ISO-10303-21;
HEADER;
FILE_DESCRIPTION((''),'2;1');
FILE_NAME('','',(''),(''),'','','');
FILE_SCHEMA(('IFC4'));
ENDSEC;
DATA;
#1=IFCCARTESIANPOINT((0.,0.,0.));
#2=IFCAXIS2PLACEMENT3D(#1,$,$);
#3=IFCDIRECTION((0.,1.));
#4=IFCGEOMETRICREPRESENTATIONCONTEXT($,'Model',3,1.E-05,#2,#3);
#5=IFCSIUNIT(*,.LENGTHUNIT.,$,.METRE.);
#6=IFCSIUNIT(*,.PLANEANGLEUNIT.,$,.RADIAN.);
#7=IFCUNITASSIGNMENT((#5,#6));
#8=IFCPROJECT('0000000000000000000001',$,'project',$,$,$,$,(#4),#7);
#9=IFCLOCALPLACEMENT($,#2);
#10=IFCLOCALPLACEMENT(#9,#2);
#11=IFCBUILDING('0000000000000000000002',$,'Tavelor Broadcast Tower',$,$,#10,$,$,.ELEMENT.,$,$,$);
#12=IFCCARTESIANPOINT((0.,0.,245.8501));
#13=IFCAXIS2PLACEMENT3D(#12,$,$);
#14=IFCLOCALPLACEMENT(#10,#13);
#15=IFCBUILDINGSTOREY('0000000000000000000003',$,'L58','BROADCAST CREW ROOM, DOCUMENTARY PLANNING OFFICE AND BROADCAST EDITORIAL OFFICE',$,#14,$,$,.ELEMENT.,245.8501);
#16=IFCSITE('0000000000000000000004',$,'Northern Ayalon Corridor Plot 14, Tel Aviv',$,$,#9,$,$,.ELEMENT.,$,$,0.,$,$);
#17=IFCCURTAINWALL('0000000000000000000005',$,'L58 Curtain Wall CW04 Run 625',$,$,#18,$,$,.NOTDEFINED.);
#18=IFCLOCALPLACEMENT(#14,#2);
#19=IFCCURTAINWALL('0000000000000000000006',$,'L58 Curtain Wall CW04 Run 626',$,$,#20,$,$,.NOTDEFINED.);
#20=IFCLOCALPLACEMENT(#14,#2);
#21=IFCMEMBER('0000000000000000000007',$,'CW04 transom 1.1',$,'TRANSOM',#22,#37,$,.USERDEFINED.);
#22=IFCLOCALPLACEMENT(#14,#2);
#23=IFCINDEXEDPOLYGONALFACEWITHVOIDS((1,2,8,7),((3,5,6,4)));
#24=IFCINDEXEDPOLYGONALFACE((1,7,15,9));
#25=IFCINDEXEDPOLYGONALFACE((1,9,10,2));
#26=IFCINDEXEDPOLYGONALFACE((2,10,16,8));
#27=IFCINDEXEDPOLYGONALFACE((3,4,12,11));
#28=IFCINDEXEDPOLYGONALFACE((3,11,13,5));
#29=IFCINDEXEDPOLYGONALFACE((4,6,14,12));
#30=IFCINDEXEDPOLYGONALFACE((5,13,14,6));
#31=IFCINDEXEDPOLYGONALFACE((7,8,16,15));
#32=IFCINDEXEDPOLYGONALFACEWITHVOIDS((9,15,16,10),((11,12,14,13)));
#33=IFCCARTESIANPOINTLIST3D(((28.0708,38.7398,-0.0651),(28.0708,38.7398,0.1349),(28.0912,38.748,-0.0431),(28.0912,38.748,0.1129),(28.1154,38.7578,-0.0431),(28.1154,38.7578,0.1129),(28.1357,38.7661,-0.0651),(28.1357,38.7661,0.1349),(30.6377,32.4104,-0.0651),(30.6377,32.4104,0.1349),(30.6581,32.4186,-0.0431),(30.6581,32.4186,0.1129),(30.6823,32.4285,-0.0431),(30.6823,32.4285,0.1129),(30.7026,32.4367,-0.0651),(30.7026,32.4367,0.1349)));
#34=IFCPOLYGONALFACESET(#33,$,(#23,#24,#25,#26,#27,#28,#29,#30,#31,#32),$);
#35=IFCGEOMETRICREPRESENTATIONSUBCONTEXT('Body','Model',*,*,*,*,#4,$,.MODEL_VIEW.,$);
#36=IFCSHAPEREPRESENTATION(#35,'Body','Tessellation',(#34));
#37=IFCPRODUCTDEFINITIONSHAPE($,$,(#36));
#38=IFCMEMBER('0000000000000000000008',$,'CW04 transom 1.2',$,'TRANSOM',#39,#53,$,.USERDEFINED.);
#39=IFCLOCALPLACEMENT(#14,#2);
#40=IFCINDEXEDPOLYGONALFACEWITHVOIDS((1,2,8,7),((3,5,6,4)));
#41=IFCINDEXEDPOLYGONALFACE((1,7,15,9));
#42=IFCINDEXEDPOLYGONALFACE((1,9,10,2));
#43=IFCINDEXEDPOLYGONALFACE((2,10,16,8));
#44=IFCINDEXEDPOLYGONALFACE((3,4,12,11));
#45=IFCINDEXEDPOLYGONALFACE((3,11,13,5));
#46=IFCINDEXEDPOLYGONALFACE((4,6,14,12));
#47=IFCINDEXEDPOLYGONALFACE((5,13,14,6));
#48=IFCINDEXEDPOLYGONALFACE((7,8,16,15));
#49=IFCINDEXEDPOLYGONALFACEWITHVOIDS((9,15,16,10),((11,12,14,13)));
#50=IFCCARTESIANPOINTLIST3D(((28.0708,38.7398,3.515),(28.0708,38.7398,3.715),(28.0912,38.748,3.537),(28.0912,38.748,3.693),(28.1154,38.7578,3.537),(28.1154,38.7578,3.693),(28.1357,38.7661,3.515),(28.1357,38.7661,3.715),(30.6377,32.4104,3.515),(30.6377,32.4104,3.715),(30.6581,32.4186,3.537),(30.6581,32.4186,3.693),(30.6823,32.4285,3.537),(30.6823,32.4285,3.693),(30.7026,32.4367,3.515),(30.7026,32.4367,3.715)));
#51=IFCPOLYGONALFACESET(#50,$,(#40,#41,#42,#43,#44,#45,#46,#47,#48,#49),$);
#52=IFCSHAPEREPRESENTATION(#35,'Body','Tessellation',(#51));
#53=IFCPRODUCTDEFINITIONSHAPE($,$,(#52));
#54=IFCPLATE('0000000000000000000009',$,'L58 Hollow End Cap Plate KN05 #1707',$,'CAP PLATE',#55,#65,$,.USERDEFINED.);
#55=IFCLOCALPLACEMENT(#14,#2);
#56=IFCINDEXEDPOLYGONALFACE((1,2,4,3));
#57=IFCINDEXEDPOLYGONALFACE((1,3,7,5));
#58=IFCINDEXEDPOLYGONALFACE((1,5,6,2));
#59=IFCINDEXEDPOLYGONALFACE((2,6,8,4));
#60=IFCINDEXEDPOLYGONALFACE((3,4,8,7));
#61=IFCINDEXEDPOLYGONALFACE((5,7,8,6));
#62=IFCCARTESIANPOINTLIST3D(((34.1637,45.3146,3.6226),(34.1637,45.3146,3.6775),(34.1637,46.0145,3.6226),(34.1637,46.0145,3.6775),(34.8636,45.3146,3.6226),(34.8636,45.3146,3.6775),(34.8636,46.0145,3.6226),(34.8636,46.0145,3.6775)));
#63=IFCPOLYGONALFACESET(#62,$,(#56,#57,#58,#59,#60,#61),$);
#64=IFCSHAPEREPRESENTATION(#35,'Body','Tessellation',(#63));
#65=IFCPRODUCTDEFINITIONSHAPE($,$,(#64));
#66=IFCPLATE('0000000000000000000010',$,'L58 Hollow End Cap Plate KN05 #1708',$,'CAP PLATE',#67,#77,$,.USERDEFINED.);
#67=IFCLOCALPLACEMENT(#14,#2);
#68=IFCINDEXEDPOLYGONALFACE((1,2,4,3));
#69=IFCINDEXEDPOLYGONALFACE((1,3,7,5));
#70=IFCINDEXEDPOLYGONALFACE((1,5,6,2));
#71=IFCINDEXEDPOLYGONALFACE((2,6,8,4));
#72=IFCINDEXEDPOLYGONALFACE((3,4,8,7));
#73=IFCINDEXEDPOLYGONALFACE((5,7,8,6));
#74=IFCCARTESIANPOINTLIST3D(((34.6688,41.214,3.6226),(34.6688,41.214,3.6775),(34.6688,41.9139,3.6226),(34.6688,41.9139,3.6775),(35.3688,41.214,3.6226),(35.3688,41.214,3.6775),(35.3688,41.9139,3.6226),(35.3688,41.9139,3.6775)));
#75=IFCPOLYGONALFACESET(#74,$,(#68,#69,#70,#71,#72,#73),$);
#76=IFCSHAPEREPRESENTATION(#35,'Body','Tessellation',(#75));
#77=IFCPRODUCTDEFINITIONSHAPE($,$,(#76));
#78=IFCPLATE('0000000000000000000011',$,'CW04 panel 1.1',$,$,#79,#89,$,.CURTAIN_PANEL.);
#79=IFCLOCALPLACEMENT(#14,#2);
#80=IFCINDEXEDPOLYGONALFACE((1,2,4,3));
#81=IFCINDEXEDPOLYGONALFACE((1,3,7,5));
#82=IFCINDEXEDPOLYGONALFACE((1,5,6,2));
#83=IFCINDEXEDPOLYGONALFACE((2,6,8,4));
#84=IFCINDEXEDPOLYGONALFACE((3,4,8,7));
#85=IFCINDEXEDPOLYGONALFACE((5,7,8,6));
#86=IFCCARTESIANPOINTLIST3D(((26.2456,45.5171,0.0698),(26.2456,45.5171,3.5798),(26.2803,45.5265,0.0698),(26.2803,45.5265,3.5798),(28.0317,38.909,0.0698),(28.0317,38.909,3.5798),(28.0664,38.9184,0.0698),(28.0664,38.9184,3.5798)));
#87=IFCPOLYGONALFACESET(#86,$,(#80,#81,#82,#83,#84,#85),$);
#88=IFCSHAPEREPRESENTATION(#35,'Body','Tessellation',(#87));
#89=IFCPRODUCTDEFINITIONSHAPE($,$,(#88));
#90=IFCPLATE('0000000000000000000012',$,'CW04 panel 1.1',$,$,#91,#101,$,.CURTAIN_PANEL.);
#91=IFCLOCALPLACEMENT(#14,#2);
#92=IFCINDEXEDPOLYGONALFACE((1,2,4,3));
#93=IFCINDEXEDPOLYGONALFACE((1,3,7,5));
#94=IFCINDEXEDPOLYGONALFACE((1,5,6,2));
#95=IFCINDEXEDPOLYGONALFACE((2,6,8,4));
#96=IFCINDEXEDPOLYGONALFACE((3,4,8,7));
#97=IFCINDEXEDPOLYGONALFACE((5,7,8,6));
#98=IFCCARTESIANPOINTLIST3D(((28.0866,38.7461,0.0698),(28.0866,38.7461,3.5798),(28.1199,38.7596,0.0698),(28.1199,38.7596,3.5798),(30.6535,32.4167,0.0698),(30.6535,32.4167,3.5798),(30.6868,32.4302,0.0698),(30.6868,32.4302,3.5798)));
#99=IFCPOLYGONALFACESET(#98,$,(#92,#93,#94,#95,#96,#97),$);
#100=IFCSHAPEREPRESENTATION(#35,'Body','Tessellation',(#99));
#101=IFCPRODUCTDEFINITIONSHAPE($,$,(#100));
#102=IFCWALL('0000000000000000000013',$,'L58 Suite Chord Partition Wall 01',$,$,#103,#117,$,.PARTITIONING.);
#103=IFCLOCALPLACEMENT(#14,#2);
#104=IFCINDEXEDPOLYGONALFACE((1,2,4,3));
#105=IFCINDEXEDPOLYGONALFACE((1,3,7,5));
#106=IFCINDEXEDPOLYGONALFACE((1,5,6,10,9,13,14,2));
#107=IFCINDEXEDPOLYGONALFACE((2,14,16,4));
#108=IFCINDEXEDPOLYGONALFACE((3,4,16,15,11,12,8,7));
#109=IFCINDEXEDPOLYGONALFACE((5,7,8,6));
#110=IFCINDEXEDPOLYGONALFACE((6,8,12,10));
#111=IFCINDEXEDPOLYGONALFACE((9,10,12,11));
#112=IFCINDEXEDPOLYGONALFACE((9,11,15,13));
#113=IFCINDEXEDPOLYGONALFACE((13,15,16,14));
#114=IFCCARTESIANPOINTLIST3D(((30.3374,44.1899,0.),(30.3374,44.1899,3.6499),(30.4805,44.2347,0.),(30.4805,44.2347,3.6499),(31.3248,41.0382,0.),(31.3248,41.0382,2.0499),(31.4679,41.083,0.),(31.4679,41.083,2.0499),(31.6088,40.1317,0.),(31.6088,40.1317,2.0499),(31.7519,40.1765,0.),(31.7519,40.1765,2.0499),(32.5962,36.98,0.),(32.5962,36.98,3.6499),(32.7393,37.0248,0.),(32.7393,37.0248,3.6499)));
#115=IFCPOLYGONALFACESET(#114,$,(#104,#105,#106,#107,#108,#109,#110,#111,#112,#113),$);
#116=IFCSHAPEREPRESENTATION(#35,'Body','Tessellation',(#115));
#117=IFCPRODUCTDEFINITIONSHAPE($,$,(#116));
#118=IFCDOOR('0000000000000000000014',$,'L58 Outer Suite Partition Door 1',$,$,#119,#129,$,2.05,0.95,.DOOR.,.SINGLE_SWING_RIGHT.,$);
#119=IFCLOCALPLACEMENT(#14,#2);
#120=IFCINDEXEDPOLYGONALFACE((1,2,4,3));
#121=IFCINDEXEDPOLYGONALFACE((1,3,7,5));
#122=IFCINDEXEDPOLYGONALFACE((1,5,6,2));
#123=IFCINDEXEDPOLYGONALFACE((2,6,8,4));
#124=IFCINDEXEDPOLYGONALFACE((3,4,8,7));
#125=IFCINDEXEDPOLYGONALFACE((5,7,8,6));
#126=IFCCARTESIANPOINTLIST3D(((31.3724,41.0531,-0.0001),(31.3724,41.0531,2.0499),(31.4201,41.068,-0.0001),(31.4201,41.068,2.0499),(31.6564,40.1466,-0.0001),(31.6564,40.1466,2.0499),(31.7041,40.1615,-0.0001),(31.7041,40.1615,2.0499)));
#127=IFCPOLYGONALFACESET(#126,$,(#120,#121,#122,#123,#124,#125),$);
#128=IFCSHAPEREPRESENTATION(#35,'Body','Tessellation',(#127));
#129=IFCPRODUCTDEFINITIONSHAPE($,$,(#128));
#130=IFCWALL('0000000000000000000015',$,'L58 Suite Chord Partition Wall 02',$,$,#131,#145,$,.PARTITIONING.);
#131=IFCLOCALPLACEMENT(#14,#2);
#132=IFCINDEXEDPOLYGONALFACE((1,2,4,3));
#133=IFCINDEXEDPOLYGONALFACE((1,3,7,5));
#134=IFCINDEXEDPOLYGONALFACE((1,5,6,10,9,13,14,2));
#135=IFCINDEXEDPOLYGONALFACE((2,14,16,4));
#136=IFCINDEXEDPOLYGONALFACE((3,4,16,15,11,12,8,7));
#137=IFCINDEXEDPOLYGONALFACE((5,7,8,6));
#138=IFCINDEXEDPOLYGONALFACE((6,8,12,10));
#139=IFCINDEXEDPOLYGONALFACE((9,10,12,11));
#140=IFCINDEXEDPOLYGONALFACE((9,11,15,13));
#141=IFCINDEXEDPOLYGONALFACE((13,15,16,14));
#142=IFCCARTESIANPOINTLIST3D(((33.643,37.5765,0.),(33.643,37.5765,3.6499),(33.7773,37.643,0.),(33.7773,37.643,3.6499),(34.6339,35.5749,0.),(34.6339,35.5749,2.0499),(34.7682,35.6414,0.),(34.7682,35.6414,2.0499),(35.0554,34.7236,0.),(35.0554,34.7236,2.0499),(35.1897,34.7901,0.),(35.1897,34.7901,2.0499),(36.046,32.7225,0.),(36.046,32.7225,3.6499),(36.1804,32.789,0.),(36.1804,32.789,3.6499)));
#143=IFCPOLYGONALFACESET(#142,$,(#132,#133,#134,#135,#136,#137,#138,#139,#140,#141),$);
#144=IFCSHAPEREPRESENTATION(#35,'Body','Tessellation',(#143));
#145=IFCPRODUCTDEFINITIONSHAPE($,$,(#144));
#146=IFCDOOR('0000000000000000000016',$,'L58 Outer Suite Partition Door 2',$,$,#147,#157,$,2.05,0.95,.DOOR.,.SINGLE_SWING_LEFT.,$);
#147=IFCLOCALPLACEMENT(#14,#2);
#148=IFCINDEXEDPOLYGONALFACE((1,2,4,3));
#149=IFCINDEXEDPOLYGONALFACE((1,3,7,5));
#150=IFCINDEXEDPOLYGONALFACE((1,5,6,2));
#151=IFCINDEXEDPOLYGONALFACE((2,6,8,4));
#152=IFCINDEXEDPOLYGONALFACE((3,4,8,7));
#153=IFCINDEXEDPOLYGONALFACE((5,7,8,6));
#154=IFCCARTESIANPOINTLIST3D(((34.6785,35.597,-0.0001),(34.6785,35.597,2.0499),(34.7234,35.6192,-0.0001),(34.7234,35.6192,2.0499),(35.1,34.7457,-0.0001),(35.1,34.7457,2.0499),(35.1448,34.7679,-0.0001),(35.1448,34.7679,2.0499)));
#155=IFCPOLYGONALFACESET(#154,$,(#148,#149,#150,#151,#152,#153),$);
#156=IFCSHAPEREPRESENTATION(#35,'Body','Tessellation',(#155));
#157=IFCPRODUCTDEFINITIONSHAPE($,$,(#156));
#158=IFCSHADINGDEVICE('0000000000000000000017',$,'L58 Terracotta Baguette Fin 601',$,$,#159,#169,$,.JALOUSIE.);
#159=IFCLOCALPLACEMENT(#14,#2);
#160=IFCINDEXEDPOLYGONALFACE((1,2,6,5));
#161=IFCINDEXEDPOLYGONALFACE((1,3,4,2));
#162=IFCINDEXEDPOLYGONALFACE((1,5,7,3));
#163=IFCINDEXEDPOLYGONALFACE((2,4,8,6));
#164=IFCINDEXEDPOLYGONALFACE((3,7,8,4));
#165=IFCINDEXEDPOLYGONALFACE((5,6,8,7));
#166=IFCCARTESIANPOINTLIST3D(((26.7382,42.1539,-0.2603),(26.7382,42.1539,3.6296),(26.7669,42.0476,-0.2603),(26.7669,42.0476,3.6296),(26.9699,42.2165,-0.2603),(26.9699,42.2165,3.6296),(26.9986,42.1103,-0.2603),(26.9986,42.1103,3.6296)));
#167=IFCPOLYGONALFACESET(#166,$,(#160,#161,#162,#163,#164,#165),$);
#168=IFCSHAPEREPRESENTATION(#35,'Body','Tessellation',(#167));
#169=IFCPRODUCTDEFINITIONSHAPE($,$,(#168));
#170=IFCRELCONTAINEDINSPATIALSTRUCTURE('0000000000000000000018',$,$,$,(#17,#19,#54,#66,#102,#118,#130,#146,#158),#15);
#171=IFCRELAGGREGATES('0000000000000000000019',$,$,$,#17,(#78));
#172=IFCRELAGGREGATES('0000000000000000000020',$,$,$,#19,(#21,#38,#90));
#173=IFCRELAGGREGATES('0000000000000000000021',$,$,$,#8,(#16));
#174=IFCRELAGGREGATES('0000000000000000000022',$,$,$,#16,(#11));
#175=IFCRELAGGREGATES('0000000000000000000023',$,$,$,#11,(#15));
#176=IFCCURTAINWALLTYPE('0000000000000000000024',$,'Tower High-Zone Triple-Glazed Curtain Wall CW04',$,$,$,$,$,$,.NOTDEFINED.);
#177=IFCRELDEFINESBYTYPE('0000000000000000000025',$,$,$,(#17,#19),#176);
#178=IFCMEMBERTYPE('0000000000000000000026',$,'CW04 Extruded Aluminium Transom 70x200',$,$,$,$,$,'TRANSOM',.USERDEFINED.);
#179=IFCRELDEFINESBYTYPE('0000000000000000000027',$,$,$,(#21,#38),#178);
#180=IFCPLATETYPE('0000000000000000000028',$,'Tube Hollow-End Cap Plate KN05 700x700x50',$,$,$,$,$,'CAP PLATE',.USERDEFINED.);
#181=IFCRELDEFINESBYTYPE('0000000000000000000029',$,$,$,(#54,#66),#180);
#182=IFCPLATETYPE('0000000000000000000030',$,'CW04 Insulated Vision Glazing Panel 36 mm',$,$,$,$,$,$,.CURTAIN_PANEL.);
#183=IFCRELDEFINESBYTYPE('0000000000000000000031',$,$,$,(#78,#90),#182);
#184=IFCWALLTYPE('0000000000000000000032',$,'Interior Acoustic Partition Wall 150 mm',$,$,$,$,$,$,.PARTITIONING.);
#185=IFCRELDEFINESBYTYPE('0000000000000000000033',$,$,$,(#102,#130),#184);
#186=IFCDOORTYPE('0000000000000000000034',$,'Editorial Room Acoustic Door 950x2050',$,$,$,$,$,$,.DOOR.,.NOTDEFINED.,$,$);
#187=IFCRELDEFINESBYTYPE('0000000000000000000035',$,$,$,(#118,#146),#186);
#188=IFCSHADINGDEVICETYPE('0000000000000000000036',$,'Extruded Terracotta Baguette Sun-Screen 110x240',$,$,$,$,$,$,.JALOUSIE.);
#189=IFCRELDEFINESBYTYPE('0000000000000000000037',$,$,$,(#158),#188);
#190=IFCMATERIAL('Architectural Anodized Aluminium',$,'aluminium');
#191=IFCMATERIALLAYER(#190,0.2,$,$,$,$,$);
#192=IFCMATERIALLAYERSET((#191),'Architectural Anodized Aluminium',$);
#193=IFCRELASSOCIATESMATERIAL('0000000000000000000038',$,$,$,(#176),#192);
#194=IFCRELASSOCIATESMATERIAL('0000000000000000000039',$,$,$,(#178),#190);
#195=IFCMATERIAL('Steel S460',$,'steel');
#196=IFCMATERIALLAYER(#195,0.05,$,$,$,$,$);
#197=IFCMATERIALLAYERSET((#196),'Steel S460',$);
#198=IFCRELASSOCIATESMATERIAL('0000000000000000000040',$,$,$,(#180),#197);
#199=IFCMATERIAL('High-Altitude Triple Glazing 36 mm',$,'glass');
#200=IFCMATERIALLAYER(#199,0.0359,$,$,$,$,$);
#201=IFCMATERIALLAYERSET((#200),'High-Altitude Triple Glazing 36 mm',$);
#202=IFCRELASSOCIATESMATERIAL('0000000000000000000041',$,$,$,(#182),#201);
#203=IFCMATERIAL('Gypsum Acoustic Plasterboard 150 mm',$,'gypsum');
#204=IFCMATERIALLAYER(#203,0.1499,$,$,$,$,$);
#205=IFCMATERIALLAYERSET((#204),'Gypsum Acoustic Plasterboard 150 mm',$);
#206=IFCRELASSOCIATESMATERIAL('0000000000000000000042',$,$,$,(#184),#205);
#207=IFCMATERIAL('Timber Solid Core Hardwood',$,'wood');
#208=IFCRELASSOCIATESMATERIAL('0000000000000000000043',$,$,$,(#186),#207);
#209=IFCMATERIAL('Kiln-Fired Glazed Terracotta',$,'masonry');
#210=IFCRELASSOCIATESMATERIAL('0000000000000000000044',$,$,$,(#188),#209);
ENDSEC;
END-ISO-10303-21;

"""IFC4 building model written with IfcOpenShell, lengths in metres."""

from ifc_helpers import new_model, si_unit, direction, frame, frame_2d, origin, origin_2d, place, context, subcontext, project, spatial, rectangle, hollow_rectangle, extrude, source, transform, mapped, material, layer, layer_set, material_profile, profile_set, type_object, type_shapes, element, fill, aggregate, save


model = new_model("IFC4")

# Units and contexts
model_context = context("Model", 3, precision=1e-05, world=origin(), true_north=direction((0.0, 1.0)))
body_context = subcontext(model_context, "Body", "Model", "MODEL_VIEW")
ifc_project = project(units=[si_unit("LENGTHUNIT", "METRE"), si_unit("PLANEANGLEUNIT", "RADIAN")], contexts=[model_context])

# Site, building, storey
site_placement = place(None, origin())
site = spatial("IfcSite", under=ifc_project, at=site_placement, Name="Northern Ayalon Corridor Plot 14, Tel Aviv", CompositionType="ELEMENT", RefElevation=0.0)
building_placement = place(site_placement, origin())
building = spatial("IfcBuilding", under=site, at=building_placement, Name="Tavelor Broadcast Tower", CompositionType="ELEMENT")
storey_placement = place(building_placement, frame((0.0, 0.0, 245.8501)))
storey = spatial("IfcBuildingStorey", under=building, at=storey_placement, Name="L58", Description="BROADCAST CREW ROOM, DOCUMENTARY PLANNING OFFICE AND BROADCAST EDITORIAL OFFICE", CompositionType="ELEMENT", Elevation=245.8501)

# Shared definitions
ifc_material_1 = material(Name="Steel S460", Category="steel")

# Curtain wall
ifc_material_2 = material(Name="Architectural Anodized Aluminium", Category="aluminium")
ifc_layer_1 = layer(ifc_material_2, 0.2)
ifc_layer_set_1 = layer_set([ifc_layer_1], Name="Architectural Anodized Aluminium")
curtain_wall_type = type_object("IfcCurtainWallType", Name="Tower High-Zone Triple-Glazed Curtain Wall CW04", PredefinedType="NOTDEFINED", material=ifc_layer_set_1)
curtain_wall_1_placement = place(storey_placement, origin())
curtain_wall_1 = element("IfcCurtainWall", 1, at=curtain_wall_1_placement, inside=storey, type_object=curtain_wall_type, Name="L58 Curtain Wall CW04 Run 625", PredefinedType="NOTDEFINED")

# Curtain wall
curtain_wall_2_placement = place(storey_placement, origin())
curtain_wall_2 = element("IfcCurtainWall", 2, at=curtain_wall_2_placement, inside=storey, type_object=curtain_wall_type, Name="L58 Curtain Wall CW04 Run 626", PredefinedType="NOTDEFINED")

# Members
ifc_material_profile_1 = material_profile(ifc_material_2, hollow_rectangle(XDim=0.0701, YDim=0.2, WallThickness=0.022, at=origin_2d()), Name="RHS 70x200x22")
ifc_profile_set_1 = profile_set([ifc_material_profile_1], Name="Architectural Anodized Aluminium")
member_type_1 = type_object("IfcMemberType", Name="CW04 Extruded Aluminium Transom 70x200", ElementType="TRANSOM", PredefinedType="USERDEFINED", material=ifc_profile_set_1)
shared_shape_1 = source(origin(), body_context, "Body", "SweptSolid", [
    extrude(hollow_rectangle(XDim=0.0701, YDim=0.2, WallThickness=0.022, at=origin_2d()), origin(), (0.0, 0.0, 1.0), 6.8301),
])
member_1_placement = place(storey_placement, frame((28.1033, 38.7529, 0.0349), z_axis=(0.375824, -0.926691, 0.0), x_axis=(0.926691, 0.375824, 0.0)))
member_1 = element("IfcMember", 3, at=member_1_placement, type_object=member_type_1, Name="CW04 transom 1.1", ObjectType="TRANSOM", PredefinedType="USERDEFINED", context=body_context, shape_type="MappedRepresentation", body=[
    mapped(shared_shape_1, transform((0.0, 0.0, 0.0), scale=1.0)),
])
member_2_placement = place(storey_placement, frame((28.1033, 38.7529, 3.615), z_axis=(0.375824, -0.926691, 0.0), x_axis=(0.926691, 0.375824, 0.0)))
member_2 = element("IfcMember", 4, at=member_2_placement, type_object=member_type_1, Name="CW04 transom 1.2", ObjectType="TRANSOM", PredefinedType="USERDEFINED", context=body_context, shape_type="MappedRepresentation", body=[
    mapped(shared_shape_1, transform((0.0, 0.0, 0.0), scale=1.0)),
])

# Plates
ifc_layer_2 = layer(ifc_material_1, 0.05)
ifc_layer_set_2 = layer_set([ifc_layer_2], Name="Steel S460")
plate_type_1 = type_object("IfcPlateType", Name="Tube Hollow-End Cap Plate KN05 700x700x50", ElementType="CAP PLATE", PredefinedType="USERDEFINED", material=ifc_layer_set_2)
shared_shape_2 = source(origin(), body_context, "Body", "SweptSolid", [
    extrude(rectangle(XDim=0.7, YDim=0.7, at=origin_2d()), origin(), (0.0, 0.0, 1.0), 0.0549),
])
type_shapes(plate_type_1, [shared_shape_2])
for number, where, z_axis, x_axis, name in (
    (5, (34.5137, 45.6646, 3.6226), (0.0, 0.0, 1.0), (1.0, 0.0, 0.0), "L58 Hollow End Cap Plate KN05 #1707"),
    (6, (35.0188, 41.564, 3.6226), (0.0, 0.0, 1.0), (1.0, 0.0, 0.0), "L58 Hollow End Cap Plate KN05 #1708"),
):
    element("IfcPlate", number, at=place(storey_placement, frame(where, z_axis=z_axis, x_axis=x_axis)), inside=storey, type_object=plate_type_1, Name=name, ObjectType="CAP PLATE", PredefinedType="USERDEFINED", context=body_context, shape_type="MappedRepresentation", body=[
        mapped(shared_shape_2, transform((0.0, 0.0, 0.0), scale=1.0)),
    ])

# Plates
ifc_material_3 = material(Name="High-Altitude Triple Glazing 36 mm", Category="glass")
ifc_layer_3 = layer(ifc_material_3, 0.0359)
ifc_layer_set_3 = layer_set([ifc_layer_3], Name="High-Altitude Triple Glazing 36 mm")
plate_type_2 = type_object("IfcPlateType", Name="CW04 Insulated Vision Glazing Panel 36 mm", PredefinedType="CURTAIN_PANEL", material=ifc_layer_set_3)
shared_shape_3 = source(origin(), body_context, "Body", "SweptSolid", [
    extrude(rectangle(XDim=6.8452, YDim=0.0359, at=origin_2d()), origin(), (0.0, 0.0, 1.0), 3.51),
])
plate_1_placement = place(storey_placement, frame((27.156, 42.2178, 0.0698), z_axis=(0.0, 0.0, 1.0), x_axis=(0.260924, -0.965359, 0.0)))
plate_1 = element("IfcPlate", 7, at=plate_1_placement, type_object=plate_type_2, Name="CW04 panel 1.1", PredefinedType="CURTAIN_PANEL", context=body_context, shape_type="MappedRepresentation", body=[
    mapped(shared_shape_3, transform((0.0, 0.0, 0.0), scale=1.0)),
])
aggregate(curtain_wall_1, [plate_1])
shared_shape_4 = source(origin(), body_context, "Body", "SweptSolid", [
    extrude(rectangle(XDim=6.8301, YDim=0.0359, at=origin_2d()), origin(), (0.0, 0.0, 1.0), 3.51),
])
type_shapes(plate_type_2, [shared_shape_3, shared_shape_4])
plate_2_placement = place(storey_placement, frame((29.3867, 35.5881, 0.0698), z_axis=(0.0, 0.0, 1.0), x_axis=(0.375822, -0.926692, 0.0)))
plate_2 = element("IfcPlate", 8, at=plate_2_placement, type_object=plate_type_2, Name="CW04 panel 1.1", PredefinedType="CURTAIN_PANEL", context=body_context, shape_type="MappedRepresentation", body=[
    mapped(shared_shape_4, transform((0.0, 0.0, 0.0), scale=1.0)),
])
aggregate(curtain_wall_2, [member_1, member_2, plate_2])

# Walls, openings, doors
ifc_material_4 = material(Name="Gypsum Acoustic Plasterboard 150 mm", Category="gypsum")
ifc_layer_4 = layer(ifc_material_4, 0.1499)
ifc_layer_set_4 = layer_set([ifc_layer_4], Name="Gypsum Acoustic Plasterboard 150 mm")
wall_type = type_object("IfcWallType", Name="Interior Acoustic Partition Wall 150 mm", PredefinedType="PARTITIONING", material=ifc_layer_set_4)
wall_1_placement = place(storey_placement, frame((30.4089, 44.2124, 0.0), z_axis=(0.0, 0.0, 1.0), x_axis=(0.298959, -0.954266, 0.0)))
wall_1 = element("IfcWall", 9, at=wall_1_placement, inside=storey, type_object=wall_type, Name="L58 Suite Chord Partition Wall 01", PredefinedType="PARTITIONING", context=body_context, shape_type="SweptSolid", body=[
    extrude(rectangle(XDim=7.5554, YDim=0.1499, at=frame_2d((3.7778, 0.0))), origin(), (0.0, 0.0, 1.0), 3.6499),
])
opening_1_placement = place(wall_1_placement, frame((3.3027, 0.0, 0.0)))
opening_1 = element("IfcOpeningElement", 10, at=opening_1_placement, cuts=wall_1, PredefinedType="OPENING", context=body_context, shape_type="SweptSolid", body=[
    extrude(rectangle(XDim=0.95, YDim=2.05, at=frame_2d((0.4751, 1.0249))), frame((0.0, 0.085, 0.0), z_axis=(0.0, -1.0, 0.0), x_axis=(1.0, 0.0, 0.0)), (0.0, 0.0, 1.0), 0.1699),
])
ifc_material_5 = material(Name="Timber Solid Core Hardwood", Category="wood")
door_type = type_object("IfcDoorType", Name="Editorial Room Acoustic Door 950x2050", OperationType="NOTDEFINED", PredefinedType="DOOR", material=ifc_material_5)
door_1_placement = place(opening_1_placement, origin())
door_1 = element("IfcDoor", 11, at=door_1_placement, inside=storey, type_object=door_type, Name="L58 Outer Suite Partition Door 1", OperationType="SINGLE_SWING_RIGHT", OverallHeight=2.05, OverallWidth=0.95, PredefinedType="DOOR", context=body_context, shape_type="SweptSolid", body=[
    extrude(rectangle(XDim=0.95, YDim=2.05, at=frame_2d((0.4751, 1.0249))), frame((0.0, 0.0249, 0.0), z_axis=(0.0, -1.0, 0.0), x_axis=(1.0, 0.0, 0.0)), (0.0, 0.0, 1.0), 0.05),
])
fill(opening_1, door_1)
wall_2_placement = place(storey_placement, frame((33.7102, 37.6096, 0.0), z_axis=(0.0, 0.0, 1.0), x_axis=(0.443676, -0.896187, 0.0)))
wall_2 = element("IfcWall", 12, at=wall_2_placement, inside=storey, type_object=wall_type, Name="L58 Suite Chord Partition Wall 02", PredefinedType="PARTITIONING", context=body_context, shape_type="SweptSolid", body=[
    extrude(rectangle(XDim=5.4163, YDim=0.1499, at=frame_2d((2.708, 0.0))), origin(), (0.0, 0.0, 1.0), 3.6499),
])
opening_2_placement = place(wall_2_placement, frame((2.2332, 0.0, 0.0)))
opening_2 = element("IfcOpeningElement", 13, at=opening_2_placement, cuts=wall_2, PredefinedType="OPENING", context=body_context, shape_type="SweptSolid", body=[
    extrude(rectangle(XDim=0.95, YDim=2.05, at=frame_2d((0.4751, 1.0249))), frame((0.0, 0.085, 0.0), z_axis=(0.0, -1.0, 0.0), x_axis=(1.0, 0.0, 0.0)), (0.0, 0.0, 1.0), 0.1699),
])
door_2_placement = place(opening_2_placement, origin())
door_2 = element("IfcDoor", 14, at=door_2_placement, inside=storey, type_object=door_type, Name="L58 Outer Suite Partition Door 2", OperationType="SINGLE_SWING_LEFT", OverallHeight=2.05, OverallWidth=0.95, PredefinedType="DOOR", context=body_context, shape_type="SweptSolid", body=[
    extrude(rectangle(XDim=0.95, YDim=2.05, at=frame_2d((0.4751, 1.0249))), frame((0.0, 0.0249, 0.0), z_axis=(0.0, -1.0, 0.0), x_axis=(1.0, 0.0, 0.0)), (0.0, 0.0, 1.0), 0.05),
])
fill(opening_2, door_2)

# Shading device
ifc_material_6 = material(Name="Kiln-Fired Glazed Terracotta", Category="masonry")
shading_device_type = type_object("IfcShadingDeviceType", Name="Extruded Terracotta Baguette Sun-Screen 110x240", PredefinedType="JALOUSIE", material=ifc_material_6)
shared_shape_5 = source(origin(), body_context, "Body", "SweptSolid", [
    extrude(rectangle(XDim=0.1101, YDim=0.24, at=origin_2d()), origin(), (0.0, 0.0, 1.0), 3.8899),
])
type_shapes(shading_device_type, [shared_shape_5])
shading_device_placement = place(storey_placement, frame((26.8684, 42.1321, -0.2603), z_axis=(0.0, 0.0, 1.0), x_axis=(0.26101, -0.965336, 0.0)))
element("IfcShadingDevice", 15, at=shading_device_placement, inside=storey, type_object=shading_device_type, Name="L58 Terracotta Baguette Fin 601", PredefinedType="JALOUSIE", context=body_context, shape_type="MappedRepresentation", body=[
    mapped(shared_shape_5, transform((0.0, 0.0, 0.0), scale=1.0)),
])

save(model, "model.ifc")
